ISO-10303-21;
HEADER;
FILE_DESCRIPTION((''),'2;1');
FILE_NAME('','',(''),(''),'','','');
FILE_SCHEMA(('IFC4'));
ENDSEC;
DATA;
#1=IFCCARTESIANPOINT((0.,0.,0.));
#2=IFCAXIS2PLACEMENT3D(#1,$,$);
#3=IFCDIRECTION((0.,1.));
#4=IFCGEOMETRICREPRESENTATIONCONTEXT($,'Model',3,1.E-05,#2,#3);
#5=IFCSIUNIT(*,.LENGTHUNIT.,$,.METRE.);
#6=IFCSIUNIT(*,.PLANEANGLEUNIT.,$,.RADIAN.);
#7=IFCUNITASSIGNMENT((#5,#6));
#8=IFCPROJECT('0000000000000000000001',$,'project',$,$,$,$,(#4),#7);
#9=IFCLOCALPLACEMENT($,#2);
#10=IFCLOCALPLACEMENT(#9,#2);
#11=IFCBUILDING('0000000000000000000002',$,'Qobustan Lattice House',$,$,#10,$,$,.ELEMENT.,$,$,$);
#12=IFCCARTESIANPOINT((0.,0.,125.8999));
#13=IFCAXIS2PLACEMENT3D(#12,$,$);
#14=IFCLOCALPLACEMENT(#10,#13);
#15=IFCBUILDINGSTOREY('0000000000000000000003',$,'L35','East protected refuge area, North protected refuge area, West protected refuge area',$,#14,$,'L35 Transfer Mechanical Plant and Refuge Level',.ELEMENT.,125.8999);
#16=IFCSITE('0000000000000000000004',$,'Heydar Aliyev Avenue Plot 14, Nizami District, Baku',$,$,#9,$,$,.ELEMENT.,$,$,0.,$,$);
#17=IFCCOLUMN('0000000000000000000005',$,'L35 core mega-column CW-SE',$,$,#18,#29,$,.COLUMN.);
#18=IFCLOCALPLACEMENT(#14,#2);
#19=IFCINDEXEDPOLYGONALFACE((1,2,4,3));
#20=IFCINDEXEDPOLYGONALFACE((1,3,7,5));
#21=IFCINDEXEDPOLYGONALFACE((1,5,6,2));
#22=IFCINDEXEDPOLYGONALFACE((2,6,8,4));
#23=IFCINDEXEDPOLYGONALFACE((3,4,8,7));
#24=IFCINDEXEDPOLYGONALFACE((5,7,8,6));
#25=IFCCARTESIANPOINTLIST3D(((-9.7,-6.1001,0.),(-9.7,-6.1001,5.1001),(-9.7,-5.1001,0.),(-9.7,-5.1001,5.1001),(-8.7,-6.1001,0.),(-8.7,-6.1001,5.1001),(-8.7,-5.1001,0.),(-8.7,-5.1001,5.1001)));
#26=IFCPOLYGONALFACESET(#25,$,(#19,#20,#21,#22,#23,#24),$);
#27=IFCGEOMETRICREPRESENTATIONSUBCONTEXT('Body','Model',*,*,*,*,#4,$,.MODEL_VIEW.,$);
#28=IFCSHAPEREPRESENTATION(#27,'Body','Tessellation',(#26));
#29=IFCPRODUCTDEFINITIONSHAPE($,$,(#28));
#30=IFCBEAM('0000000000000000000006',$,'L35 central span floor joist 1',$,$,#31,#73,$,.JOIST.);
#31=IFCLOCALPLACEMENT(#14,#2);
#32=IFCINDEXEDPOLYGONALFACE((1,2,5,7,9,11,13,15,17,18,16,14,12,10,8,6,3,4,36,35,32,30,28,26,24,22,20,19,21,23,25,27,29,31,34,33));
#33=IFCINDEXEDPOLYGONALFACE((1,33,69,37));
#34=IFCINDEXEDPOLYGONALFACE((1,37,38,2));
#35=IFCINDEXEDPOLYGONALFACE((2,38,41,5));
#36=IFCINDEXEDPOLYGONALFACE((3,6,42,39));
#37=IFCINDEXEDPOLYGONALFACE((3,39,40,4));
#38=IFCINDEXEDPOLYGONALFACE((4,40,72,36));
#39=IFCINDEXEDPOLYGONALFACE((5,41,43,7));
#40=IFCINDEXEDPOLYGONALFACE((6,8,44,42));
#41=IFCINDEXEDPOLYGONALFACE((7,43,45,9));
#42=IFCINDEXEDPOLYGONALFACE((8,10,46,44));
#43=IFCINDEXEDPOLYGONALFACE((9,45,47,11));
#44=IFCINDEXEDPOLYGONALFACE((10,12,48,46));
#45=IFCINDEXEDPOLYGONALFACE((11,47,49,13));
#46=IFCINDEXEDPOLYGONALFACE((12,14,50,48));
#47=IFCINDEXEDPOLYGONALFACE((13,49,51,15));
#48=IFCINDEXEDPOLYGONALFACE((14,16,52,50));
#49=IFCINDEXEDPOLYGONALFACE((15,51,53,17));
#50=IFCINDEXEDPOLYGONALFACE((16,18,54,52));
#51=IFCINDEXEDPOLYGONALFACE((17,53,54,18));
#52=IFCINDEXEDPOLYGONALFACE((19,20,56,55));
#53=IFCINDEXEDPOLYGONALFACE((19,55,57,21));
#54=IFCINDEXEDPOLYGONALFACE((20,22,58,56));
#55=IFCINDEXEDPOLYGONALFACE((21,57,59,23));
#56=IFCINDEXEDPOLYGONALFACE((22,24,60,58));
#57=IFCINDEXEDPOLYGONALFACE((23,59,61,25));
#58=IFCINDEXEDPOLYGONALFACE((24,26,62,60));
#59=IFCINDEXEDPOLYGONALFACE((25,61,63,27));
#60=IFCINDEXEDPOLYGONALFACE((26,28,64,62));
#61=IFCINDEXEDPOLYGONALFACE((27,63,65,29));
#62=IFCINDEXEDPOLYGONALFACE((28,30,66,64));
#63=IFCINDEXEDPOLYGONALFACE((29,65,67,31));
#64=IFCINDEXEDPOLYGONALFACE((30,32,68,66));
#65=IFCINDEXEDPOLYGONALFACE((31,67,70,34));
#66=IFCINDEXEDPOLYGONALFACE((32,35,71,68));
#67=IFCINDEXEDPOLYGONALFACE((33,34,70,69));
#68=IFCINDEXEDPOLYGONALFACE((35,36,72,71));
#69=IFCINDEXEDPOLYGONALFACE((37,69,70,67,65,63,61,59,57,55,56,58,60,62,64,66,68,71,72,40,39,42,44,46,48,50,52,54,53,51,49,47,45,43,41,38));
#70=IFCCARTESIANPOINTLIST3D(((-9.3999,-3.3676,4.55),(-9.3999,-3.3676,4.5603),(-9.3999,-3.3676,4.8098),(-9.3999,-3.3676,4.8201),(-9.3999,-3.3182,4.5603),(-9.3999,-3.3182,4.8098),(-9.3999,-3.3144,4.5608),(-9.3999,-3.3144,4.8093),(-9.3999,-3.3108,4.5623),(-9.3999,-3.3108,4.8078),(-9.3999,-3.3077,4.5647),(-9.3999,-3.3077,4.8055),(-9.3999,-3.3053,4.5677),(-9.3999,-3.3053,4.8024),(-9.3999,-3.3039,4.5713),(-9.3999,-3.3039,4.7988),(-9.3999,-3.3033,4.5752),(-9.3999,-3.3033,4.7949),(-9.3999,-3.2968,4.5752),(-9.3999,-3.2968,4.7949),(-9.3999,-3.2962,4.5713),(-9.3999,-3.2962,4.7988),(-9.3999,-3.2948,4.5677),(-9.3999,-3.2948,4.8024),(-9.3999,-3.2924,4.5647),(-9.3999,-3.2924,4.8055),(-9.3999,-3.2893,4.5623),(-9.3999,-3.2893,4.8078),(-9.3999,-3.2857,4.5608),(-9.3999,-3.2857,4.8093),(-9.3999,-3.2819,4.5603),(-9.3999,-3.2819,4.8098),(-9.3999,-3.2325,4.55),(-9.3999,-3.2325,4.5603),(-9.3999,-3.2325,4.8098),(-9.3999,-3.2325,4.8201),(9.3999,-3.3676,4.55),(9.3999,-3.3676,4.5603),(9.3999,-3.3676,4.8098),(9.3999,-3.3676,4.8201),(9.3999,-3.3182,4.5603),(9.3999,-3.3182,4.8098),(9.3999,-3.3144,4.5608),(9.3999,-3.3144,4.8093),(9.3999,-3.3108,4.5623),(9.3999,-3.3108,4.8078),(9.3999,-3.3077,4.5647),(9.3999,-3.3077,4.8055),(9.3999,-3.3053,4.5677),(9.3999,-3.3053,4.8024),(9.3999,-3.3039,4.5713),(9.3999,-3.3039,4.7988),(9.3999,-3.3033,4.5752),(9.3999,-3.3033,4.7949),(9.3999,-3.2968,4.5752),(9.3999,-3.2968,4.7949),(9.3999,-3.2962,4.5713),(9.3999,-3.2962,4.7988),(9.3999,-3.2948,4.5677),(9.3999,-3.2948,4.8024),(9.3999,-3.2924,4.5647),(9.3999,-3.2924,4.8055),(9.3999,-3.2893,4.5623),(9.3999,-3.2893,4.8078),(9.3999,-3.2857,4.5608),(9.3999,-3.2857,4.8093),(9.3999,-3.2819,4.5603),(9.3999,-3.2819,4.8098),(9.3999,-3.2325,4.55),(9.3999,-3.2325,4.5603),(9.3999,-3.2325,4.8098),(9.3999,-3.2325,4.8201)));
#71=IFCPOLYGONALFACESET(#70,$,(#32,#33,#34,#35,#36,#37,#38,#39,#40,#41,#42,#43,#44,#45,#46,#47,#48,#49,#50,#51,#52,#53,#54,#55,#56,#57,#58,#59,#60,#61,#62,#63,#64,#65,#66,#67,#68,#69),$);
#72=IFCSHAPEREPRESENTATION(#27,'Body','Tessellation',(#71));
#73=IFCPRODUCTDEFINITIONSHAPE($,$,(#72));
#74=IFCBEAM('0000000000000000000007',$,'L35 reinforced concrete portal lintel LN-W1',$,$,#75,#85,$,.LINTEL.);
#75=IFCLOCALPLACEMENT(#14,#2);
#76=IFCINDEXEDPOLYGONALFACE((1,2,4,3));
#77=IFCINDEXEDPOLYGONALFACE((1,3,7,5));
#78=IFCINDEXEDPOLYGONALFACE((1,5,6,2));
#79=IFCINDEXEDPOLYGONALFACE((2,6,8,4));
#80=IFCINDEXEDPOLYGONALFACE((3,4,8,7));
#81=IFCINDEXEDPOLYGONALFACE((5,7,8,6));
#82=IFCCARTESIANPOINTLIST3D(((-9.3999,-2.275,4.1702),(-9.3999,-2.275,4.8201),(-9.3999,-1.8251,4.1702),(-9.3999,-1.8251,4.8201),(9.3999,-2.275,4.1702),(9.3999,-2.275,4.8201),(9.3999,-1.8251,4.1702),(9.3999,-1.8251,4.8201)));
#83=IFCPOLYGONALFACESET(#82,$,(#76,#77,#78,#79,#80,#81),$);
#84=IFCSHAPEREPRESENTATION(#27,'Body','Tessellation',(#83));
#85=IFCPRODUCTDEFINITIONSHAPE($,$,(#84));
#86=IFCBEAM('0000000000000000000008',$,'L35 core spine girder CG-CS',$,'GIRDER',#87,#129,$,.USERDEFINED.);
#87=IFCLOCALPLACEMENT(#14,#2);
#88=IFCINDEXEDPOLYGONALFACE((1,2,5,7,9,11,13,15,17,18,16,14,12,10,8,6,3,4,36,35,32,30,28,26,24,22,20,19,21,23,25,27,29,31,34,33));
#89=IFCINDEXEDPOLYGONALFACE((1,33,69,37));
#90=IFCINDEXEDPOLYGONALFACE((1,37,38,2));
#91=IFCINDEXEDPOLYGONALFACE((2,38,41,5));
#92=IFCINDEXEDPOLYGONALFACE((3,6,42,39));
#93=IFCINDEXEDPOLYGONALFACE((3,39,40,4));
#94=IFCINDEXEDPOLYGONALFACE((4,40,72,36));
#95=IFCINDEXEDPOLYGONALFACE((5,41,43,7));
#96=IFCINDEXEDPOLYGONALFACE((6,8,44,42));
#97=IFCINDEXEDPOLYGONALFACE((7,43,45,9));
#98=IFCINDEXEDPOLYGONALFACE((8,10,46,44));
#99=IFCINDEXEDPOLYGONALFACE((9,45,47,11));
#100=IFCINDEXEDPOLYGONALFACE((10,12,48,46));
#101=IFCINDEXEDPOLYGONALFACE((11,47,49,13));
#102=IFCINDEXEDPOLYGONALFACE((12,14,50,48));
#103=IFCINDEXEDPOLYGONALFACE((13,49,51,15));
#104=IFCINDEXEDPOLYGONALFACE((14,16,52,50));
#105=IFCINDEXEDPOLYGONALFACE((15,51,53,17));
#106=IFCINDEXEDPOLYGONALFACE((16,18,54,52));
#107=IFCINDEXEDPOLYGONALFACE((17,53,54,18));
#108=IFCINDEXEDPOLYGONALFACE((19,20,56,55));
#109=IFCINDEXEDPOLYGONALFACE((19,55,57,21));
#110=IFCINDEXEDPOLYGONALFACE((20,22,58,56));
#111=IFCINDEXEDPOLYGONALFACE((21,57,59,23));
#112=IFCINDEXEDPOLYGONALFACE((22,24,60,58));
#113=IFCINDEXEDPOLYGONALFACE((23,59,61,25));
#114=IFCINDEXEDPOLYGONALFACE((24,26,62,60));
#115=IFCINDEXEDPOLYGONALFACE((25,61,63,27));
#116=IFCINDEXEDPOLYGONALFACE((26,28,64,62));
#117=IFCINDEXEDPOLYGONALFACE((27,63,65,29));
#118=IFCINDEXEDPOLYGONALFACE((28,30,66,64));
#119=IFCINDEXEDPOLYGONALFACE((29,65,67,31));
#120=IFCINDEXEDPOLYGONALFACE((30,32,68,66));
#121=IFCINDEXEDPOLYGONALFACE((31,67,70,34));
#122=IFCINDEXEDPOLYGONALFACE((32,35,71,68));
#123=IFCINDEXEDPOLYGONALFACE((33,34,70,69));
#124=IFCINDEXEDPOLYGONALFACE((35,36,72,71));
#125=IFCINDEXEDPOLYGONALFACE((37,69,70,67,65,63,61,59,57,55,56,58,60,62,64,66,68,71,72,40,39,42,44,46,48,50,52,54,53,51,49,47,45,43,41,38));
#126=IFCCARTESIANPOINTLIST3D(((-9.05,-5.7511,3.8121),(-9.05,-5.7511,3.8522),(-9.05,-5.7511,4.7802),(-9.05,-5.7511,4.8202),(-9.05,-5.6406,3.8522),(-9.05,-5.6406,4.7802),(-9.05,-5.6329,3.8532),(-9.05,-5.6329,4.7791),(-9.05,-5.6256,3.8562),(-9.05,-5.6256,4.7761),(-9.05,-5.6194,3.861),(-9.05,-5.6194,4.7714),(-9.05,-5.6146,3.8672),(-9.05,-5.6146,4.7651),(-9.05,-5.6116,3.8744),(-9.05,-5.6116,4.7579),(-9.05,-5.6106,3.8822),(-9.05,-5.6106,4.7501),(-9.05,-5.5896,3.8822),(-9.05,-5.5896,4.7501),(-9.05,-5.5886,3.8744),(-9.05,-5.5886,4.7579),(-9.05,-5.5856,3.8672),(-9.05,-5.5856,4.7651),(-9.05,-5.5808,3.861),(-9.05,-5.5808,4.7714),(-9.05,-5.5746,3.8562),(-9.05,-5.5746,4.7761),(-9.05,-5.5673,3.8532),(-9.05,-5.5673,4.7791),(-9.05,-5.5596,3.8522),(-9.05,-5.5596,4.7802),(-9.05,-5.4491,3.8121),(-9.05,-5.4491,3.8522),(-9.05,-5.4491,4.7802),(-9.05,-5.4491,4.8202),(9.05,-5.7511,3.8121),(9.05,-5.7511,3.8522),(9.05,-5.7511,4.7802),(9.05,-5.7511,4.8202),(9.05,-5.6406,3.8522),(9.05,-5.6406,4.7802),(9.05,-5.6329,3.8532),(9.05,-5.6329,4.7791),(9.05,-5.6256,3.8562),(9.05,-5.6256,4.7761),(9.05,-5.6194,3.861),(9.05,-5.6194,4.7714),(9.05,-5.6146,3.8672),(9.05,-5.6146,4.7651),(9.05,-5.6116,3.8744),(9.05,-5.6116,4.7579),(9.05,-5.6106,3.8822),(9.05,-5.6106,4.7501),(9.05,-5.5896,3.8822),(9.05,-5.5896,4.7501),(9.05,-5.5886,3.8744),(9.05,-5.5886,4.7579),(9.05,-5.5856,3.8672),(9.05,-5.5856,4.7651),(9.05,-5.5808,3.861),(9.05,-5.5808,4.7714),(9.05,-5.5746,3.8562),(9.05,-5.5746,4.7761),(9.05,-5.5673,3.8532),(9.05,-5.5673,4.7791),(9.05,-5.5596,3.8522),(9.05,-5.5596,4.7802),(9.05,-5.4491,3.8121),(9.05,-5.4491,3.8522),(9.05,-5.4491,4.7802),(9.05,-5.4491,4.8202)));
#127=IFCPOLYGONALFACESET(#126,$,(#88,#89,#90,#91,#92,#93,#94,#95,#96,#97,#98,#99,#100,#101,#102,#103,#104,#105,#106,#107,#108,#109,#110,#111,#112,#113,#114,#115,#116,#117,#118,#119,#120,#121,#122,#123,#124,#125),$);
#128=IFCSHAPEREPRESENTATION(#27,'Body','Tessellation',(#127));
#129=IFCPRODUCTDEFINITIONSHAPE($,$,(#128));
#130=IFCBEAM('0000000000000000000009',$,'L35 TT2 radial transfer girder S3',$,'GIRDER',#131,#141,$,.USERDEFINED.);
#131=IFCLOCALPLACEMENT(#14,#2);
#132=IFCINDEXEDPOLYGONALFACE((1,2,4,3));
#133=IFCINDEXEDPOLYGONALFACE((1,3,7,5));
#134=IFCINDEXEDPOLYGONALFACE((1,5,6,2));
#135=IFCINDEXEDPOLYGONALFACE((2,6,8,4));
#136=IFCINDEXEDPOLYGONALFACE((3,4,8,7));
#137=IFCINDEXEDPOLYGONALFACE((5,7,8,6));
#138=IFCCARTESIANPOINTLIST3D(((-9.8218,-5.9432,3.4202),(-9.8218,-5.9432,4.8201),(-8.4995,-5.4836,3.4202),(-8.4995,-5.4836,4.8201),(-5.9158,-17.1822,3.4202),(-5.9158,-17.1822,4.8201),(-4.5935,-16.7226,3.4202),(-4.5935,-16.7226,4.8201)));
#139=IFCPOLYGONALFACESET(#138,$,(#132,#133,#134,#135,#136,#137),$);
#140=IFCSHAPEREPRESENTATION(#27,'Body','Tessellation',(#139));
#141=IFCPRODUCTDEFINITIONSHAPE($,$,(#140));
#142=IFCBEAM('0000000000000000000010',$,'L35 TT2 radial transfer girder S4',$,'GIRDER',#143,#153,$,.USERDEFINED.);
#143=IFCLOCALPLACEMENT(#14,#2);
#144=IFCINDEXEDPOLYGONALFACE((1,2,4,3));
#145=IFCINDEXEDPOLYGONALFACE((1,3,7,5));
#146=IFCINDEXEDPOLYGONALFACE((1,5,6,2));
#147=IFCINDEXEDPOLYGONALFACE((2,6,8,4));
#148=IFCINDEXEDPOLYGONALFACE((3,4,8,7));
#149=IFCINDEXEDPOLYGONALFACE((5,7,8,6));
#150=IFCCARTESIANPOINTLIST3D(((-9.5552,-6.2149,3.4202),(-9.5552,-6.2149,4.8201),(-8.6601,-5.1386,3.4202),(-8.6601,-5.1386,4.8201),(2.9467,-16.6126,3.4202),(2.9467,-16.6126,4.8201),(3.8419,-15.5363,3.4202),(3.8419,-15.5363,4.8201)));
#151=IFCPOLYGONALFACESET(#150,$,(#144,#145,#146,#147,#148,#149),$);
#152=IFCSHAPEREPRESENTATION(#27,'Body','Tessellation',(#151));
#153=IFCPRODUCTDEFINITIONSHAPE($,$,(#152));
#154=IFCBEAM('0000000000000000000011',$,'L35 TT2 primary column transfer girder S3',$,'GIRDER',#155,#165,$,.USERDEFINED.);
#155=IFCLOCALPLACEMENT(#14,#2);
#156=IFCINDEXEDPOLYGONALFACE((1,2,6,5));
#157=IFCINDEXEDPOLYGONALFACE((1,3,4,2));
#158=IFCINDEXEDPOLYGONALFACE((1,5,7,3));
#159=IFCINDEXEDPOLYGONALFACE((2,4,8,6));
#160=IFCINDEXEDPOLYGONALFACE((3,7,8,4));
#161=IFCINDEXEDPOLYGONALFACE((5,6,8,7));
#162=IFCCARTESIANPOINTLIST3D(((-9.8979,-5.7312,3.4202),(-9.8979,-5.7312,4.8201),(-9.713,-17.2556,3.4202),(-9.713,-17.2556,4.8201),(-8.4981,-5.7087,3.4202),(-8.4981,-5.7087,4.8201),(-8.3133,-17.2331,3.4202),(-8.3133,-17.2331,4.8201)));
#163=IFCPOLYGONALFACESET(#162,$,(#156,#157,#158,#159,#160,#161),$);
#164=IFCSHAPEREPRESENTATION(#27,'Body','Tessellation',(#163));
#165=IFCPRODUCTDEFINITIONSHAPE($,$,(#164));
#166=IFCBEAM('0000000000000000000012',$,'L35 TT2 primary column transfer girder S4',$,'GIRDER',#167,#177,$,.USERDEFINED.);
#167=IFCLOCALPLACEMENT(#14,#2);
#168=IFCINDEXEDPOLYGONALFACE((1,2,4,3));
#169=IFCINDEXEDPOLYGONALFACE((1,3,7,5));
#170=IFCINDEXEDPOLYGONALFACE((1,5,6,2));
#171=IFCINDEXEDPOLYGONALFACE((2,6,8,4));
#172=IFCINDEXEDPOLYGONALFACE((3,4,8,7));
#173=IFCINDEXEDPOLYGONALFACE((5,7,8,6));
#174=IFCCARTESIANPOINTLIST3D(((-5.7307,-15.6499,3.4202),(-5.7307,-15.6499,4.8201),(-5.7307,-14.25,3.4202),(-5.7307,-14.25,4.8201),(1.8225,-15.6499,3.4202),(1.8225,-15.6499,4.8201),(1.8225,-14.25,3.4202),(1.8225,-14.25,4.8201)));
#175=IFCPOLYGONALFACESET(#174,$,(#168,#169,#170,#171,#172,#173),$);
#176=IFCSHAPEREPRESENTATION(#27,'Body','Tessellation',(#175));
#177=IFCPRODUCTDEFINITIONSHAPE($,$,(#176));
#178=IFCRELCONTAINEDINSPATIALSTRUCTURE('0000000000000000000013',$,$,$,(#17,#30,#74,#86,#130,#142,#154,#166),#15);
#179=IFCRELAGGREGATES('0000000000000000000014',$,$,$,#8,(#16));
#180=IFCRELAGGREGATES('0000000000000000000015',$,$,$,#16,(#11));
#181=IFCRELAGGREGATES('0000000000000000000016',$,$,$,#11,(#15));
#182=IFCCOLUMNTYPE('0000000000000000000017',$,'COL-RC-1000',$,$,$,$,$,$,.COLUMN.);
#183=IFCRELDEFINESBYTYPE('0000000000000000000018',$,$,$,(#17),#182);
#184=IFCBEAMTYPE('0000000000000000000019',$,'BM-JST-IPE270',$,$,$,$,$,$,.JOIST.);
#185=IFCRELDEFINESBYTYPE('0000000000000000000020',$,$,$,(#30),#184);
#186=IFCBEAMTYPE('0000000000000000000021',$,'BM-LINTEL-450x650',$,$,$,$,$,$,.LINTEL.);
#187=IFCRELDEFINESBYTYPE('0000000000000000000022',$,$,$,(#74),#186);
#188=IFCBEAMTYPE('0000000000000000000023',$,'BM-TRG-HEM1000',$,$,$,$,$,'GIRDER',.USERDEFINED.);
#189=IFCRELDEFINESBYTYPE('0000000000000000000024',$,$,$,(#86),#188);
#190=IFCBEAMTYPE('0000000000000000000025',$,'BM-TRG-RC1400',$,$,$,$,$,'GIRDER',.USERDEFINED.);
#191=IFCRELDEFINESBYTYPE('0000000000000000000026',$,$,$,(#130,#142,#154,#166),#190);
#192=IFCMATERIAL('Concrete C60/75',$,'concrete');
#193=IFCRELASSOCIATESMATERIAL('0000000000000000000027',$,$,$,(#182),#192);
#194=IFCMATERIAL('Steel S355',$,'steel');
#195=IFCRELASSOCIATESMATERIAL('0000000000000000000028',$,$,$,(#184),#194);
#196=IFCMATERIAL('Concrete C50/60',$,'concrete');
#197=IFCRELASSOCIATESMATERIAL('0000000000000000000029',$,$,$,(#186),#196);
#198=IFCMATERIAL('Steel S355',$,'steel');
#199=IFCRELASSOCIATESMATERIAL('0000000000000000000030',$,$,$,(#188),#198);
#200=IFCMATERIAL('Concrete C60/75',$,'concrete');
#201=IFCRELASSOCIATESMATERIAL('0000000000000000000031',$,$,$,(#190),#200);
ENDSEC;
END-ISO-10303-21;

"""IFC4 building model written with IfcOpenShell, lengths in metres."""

from ifc_helpers import new_model, si_unit, direction, frame, origin, origin_2d, place, context, subcontext, project, spatial, rectangle, i_section, extrude, material, material_profile, profile_set, type_object, element, save


model = new_model("IFC4")

# Units and contexts
model_context = context("Model", 3, precision=1e-05, world=origin(), true_north=direction((0.0, 1.0)))
body_context = subcontext(model_context, "Body", "Model", "MODEL_VIEW")
ifc_project = project(units=[si_unit("LENGTHUNIT", "METRE"), si_unit("PLANEANGLEUNIT", "RADIAN")], contexts=[model_context])

# Site, building, storey
site_placement = place(None, origin())
site = spatial("IfcSite", under=ifc_project, at=site_placement, Name="Heydar Aliyev Avenue Plot 14, Nizami District, Baku", CompositionType="ELEMENT", RefElevation=0.0)
building_placement = place(site_placement, origin())
building = spatial("IfcBuilding", under=site, at=building_placement, Name="Qobustan Lattice House", CompositionType="ELEMENT")
storey_placement = place(building_placement, frame((0.0, 0.0, 125.8999)))
storey = spatial("IfcBuildingStorey", under=building, at=storey_placement, Name="L35", Description="East protected refuge area, North protected refuge area, West protected refuge area", LongName="L35 Transfer Mechanical Plant and Refuge Level", CompositionType="ELEMENT", Elevation=125.8999)

# Column
ifc_material_1 = material(Name="Concrete C60/75", Category="concrete")
ifc_material_profile_1 = material_profile(ifc_material_1, rectangle(XDim=1.0, YDim=1.0, at=origin_2d()), Name="RC1000x1000")
ifc_profile_set_1 = profile_set([ifc_material_profile_1], Name="Concrete C60/75")
column_type = type_object("IfcColumnType", Name="COL-RC-1000", PredefinedType="COLUMN", material=ifc_profile_set_1)
column_placement = place(storey_placement, frame((-9.2, -5.6001, 0.0), z_axis=(0.0, 0.0, 1.0), x_axis=(1.0, 0.0, 0.0)))
element("IfcColumn", 1, at=column_placement, inside=storey, type_object=column_type, Name="L35 core mega-column CW-SE", PredefinedType="COLUMN", context=body_context, shape_type="SweptSolid", body=[
    extrude(rectangle(XDim=1.0, YDim=1.0, at=origin_2d()), origin(), (0.0, 0.0, 1.0), 5.1001),
])

# Beams
ifc_material_2 = material(Name="Steel S355", Category="steel")
ifc_material_profile_2 = material_profile(ifc_material_2, i_section(OverallWidth=0.135, OverallDepth=0.27, WebThickness=0.0066, FlangeThickness=0.0103, FilletRadius=0.0149, at=origin_2d()), Name="IPE270")
ifc_profile_set_2 = profile_set([ifc_material_profile_2], Name="Steel S355")
beam_type_1 = type_object("IfcBeamType", Name="BM-JST-IPE270", PredefinedType="JOIST", material=ifc_profile_set_2)
beam_1_placement = place(storey_placement, frame((-9.3999, -3.3, 4.6851), z_axis=(1.0, 0.0, 0.0), x_axis=(0.0, 1.0, 0.0)))
element("IfcBeam", 2, at=beam_1_placement, inside=storey, type_object=beam_type_1, Name="L35 central span floor joist 1", PredefinedType="JOIST", context=body_context, shape_type="SweptSolid", body=[
    extrude(i_section(OverallWidth=0.135, OverallDepth=0.27, WebThickness=0.0066, FlangeThickness=0.0103, FilletRadius=0.0149, at=origin_2d()), origin(), (0.0, 0.0, 1.0), 18.7998),
])
ifc_material_3 = material(Name="Concrete C50/60", Category="concrete")
ifc_material_profile_3 = material_profile(ifc_material_3, rectangle(XDim=0.45, YDim=0.6499, at=origin_2d()), Name="RC450x650")
ifc_profile_set_3 = profile_set([ifc_material_profile_3], Name="Concrete C50/60")
beam_type_2 = type_object("IfcBeamType", Name="BM-LINTEL-450x650", PredefinedType="LINTEL", material=ifc_profile_set_3)
beam_2_placement = place(storey_placement, frame((-9.3999, -2.05, 4.4951), z_axis=(1.0, 0.0, 0.0), x_axis=(0.0, 1.0, 0.0)))
element("IfcBeam", 3, at=beam_2_placement, inside=storey, type_object=beam_type_2, Name="L35 reinforced concrete portal lintel LN-W1", PredefinedType="LINTEL", context=body_context, shape_type="SweptSolid", body=[
    extrude(rectangle(XDim=0.45, YDim=0.6499, at=origin_2d()), origin(), (0.0, 0.0, 1.0), 18.7998),
])
ifc_material_4 = material(Name="Steel S355", Category="steel")
ifc_material_profile_4 = material_profile(ifc_material_4, i_section(OverallWidth=0.302, OverallDepth=1.0081, WebThickness=0.021, FlangeThickness=0.04, FilletRadius=0.03, at=origin_2d()), Name="HEM1000")
ifc_profile_set_4 = profile_set([ifc_material_profile_4], Name="Steel S355")
beam_type_3 = type_object("IfcBeamType", Name="BM-TRG-HEM1000", ElementType="GIRDER", PredefinedType="USERDEFINED", material=ifc_profile_set_4)
beam_3_placement = place(storey_placement, frame((-9.05, -5.6001, 4.3162), z_axis=(1.0, 0.0, 0.0), x_axis=(0.0, 1.0, 0.0)))
element("IfcBeam", 4, at=beam_3_placement, inside=storey, type_object=beam_type_3, Name="L35 core spine girder CG-CS", ObjectType="GIRDER", PredefinedType="USERDEFINED", context=body_context, shape_type="SweptSolid", body=[
    extrude(i_section(OverallWidth=0.302, OverallDepth=1.0081, WebThickness=0.021, FlangeThickness=0.04, FilletRadius=0.03, at=origin_2d()), origin(), (0.0, 0.0, 1.0), 18.1001),
])
ifc_material_5 = material(Name="Concrete C60/75", Category="concrete")
ifc_material_profile_5 = material_profile(ifc_material_5, rectangle(XDim=1.3999, YDim=1.3999, at=origin_2d()), Name="RC1400x1400")
ifc_profile_set_5 = profile_set([ifc_material_profile_5], Name="Concrete C60/75")
beam_type_4 = type_object("IfcBeamType", Name="BM-TRG-RC1400", ElementType="GIRDER", PredefinedType="USERDEFINED", material=ifc_profile_set_5)
beam_4_placement = place(storey_placement, frame((-9.1606, -5.7134, 4.1201), z_axis=(0.328279, -0.944581, 0.0), x_axis=(0.944581, 0.328279, 0.0)))
element("IfcBeam", 5, at=beam_4_placement, inside=storey, type_object=beam_type_4, Name="L35 TT2 radial transfer girder S3", ObjectType="GIRDER", PredefinedType="USERDEFINED", context=body_context, shape_type="SweptSolid", body=[
    extrude(rectangle(XDim=1.3999, YDim=1.3999, at=origin_2d()), origin(), (0.0, 0.0, 1.0), 11.8984),
])
beam_5_placement = place(storey_placement, frame((-9.1077, -5.6768, 4.1201), z_axis=(0.768844, -0.639437, 0.0), x_axis=(0.639437, 0.768844, 0.0)))
element("IfcBeam", 6, at=beam_5_placement, inside=storey, type_object=beam_type_4, Name="L35 TT2 radial transfer girder S4", ObjectType="GIRDER", PredefinedType="USERDEFINED", context=body_context, shape_type="SweptSolid", body=[
    extrude(rectangle(XDim=1.3999, YDim=1.3999, at=origin_2d()), origin(), (0.0, 0.0, 1.0), 16.2607),
])
beam_6_placement = place(storey_placement, frame((-9.198, -5.72, 4.1201), z_axis=(0.016035, -0.999871, 0.0), x_axis=(0.999871, 0.016035, 0.0)))
element("IfcBeam", 7, at=beam_6_placement, inside=storey, type_object=beam_type_4, Name="L35 TT2 primary column transfer girder S3", ObjectType="GIRDER", PredefinedType="USERDEFINED", context=body_context, shape_type="SweptSolid", body=[
    extrude(rectangle(XDim=1.3999, YDim=1.3999, at=origin_2d()), origin(), (0.0, 0.0, 1.0), 11.5259),
])
beam_7_placement = place(storey_placement, frame((-5.7307, -14.95, 4.1201), z_axis=(1.0, 0.0, 0.0), x_axis=(0.0, 1.0, 0.0)))
element("IfcBeam", 8, at=beam_7_placement, inside=storey, type_object=beam_type_4, Name="L35 TT2 primary column transfer girder S4", ObjectType="GIRDER", PredefinedType="USERDEFINED", context=body_context, shape_type="SweptSolid", body=[
    extrude(rectangle(XDim=1.3999, YDim=1.3999, at=origin_2d()), origin(), (0.0, 0.0, 1.0), 7.5532),
])

save(model, "model.ifc")
